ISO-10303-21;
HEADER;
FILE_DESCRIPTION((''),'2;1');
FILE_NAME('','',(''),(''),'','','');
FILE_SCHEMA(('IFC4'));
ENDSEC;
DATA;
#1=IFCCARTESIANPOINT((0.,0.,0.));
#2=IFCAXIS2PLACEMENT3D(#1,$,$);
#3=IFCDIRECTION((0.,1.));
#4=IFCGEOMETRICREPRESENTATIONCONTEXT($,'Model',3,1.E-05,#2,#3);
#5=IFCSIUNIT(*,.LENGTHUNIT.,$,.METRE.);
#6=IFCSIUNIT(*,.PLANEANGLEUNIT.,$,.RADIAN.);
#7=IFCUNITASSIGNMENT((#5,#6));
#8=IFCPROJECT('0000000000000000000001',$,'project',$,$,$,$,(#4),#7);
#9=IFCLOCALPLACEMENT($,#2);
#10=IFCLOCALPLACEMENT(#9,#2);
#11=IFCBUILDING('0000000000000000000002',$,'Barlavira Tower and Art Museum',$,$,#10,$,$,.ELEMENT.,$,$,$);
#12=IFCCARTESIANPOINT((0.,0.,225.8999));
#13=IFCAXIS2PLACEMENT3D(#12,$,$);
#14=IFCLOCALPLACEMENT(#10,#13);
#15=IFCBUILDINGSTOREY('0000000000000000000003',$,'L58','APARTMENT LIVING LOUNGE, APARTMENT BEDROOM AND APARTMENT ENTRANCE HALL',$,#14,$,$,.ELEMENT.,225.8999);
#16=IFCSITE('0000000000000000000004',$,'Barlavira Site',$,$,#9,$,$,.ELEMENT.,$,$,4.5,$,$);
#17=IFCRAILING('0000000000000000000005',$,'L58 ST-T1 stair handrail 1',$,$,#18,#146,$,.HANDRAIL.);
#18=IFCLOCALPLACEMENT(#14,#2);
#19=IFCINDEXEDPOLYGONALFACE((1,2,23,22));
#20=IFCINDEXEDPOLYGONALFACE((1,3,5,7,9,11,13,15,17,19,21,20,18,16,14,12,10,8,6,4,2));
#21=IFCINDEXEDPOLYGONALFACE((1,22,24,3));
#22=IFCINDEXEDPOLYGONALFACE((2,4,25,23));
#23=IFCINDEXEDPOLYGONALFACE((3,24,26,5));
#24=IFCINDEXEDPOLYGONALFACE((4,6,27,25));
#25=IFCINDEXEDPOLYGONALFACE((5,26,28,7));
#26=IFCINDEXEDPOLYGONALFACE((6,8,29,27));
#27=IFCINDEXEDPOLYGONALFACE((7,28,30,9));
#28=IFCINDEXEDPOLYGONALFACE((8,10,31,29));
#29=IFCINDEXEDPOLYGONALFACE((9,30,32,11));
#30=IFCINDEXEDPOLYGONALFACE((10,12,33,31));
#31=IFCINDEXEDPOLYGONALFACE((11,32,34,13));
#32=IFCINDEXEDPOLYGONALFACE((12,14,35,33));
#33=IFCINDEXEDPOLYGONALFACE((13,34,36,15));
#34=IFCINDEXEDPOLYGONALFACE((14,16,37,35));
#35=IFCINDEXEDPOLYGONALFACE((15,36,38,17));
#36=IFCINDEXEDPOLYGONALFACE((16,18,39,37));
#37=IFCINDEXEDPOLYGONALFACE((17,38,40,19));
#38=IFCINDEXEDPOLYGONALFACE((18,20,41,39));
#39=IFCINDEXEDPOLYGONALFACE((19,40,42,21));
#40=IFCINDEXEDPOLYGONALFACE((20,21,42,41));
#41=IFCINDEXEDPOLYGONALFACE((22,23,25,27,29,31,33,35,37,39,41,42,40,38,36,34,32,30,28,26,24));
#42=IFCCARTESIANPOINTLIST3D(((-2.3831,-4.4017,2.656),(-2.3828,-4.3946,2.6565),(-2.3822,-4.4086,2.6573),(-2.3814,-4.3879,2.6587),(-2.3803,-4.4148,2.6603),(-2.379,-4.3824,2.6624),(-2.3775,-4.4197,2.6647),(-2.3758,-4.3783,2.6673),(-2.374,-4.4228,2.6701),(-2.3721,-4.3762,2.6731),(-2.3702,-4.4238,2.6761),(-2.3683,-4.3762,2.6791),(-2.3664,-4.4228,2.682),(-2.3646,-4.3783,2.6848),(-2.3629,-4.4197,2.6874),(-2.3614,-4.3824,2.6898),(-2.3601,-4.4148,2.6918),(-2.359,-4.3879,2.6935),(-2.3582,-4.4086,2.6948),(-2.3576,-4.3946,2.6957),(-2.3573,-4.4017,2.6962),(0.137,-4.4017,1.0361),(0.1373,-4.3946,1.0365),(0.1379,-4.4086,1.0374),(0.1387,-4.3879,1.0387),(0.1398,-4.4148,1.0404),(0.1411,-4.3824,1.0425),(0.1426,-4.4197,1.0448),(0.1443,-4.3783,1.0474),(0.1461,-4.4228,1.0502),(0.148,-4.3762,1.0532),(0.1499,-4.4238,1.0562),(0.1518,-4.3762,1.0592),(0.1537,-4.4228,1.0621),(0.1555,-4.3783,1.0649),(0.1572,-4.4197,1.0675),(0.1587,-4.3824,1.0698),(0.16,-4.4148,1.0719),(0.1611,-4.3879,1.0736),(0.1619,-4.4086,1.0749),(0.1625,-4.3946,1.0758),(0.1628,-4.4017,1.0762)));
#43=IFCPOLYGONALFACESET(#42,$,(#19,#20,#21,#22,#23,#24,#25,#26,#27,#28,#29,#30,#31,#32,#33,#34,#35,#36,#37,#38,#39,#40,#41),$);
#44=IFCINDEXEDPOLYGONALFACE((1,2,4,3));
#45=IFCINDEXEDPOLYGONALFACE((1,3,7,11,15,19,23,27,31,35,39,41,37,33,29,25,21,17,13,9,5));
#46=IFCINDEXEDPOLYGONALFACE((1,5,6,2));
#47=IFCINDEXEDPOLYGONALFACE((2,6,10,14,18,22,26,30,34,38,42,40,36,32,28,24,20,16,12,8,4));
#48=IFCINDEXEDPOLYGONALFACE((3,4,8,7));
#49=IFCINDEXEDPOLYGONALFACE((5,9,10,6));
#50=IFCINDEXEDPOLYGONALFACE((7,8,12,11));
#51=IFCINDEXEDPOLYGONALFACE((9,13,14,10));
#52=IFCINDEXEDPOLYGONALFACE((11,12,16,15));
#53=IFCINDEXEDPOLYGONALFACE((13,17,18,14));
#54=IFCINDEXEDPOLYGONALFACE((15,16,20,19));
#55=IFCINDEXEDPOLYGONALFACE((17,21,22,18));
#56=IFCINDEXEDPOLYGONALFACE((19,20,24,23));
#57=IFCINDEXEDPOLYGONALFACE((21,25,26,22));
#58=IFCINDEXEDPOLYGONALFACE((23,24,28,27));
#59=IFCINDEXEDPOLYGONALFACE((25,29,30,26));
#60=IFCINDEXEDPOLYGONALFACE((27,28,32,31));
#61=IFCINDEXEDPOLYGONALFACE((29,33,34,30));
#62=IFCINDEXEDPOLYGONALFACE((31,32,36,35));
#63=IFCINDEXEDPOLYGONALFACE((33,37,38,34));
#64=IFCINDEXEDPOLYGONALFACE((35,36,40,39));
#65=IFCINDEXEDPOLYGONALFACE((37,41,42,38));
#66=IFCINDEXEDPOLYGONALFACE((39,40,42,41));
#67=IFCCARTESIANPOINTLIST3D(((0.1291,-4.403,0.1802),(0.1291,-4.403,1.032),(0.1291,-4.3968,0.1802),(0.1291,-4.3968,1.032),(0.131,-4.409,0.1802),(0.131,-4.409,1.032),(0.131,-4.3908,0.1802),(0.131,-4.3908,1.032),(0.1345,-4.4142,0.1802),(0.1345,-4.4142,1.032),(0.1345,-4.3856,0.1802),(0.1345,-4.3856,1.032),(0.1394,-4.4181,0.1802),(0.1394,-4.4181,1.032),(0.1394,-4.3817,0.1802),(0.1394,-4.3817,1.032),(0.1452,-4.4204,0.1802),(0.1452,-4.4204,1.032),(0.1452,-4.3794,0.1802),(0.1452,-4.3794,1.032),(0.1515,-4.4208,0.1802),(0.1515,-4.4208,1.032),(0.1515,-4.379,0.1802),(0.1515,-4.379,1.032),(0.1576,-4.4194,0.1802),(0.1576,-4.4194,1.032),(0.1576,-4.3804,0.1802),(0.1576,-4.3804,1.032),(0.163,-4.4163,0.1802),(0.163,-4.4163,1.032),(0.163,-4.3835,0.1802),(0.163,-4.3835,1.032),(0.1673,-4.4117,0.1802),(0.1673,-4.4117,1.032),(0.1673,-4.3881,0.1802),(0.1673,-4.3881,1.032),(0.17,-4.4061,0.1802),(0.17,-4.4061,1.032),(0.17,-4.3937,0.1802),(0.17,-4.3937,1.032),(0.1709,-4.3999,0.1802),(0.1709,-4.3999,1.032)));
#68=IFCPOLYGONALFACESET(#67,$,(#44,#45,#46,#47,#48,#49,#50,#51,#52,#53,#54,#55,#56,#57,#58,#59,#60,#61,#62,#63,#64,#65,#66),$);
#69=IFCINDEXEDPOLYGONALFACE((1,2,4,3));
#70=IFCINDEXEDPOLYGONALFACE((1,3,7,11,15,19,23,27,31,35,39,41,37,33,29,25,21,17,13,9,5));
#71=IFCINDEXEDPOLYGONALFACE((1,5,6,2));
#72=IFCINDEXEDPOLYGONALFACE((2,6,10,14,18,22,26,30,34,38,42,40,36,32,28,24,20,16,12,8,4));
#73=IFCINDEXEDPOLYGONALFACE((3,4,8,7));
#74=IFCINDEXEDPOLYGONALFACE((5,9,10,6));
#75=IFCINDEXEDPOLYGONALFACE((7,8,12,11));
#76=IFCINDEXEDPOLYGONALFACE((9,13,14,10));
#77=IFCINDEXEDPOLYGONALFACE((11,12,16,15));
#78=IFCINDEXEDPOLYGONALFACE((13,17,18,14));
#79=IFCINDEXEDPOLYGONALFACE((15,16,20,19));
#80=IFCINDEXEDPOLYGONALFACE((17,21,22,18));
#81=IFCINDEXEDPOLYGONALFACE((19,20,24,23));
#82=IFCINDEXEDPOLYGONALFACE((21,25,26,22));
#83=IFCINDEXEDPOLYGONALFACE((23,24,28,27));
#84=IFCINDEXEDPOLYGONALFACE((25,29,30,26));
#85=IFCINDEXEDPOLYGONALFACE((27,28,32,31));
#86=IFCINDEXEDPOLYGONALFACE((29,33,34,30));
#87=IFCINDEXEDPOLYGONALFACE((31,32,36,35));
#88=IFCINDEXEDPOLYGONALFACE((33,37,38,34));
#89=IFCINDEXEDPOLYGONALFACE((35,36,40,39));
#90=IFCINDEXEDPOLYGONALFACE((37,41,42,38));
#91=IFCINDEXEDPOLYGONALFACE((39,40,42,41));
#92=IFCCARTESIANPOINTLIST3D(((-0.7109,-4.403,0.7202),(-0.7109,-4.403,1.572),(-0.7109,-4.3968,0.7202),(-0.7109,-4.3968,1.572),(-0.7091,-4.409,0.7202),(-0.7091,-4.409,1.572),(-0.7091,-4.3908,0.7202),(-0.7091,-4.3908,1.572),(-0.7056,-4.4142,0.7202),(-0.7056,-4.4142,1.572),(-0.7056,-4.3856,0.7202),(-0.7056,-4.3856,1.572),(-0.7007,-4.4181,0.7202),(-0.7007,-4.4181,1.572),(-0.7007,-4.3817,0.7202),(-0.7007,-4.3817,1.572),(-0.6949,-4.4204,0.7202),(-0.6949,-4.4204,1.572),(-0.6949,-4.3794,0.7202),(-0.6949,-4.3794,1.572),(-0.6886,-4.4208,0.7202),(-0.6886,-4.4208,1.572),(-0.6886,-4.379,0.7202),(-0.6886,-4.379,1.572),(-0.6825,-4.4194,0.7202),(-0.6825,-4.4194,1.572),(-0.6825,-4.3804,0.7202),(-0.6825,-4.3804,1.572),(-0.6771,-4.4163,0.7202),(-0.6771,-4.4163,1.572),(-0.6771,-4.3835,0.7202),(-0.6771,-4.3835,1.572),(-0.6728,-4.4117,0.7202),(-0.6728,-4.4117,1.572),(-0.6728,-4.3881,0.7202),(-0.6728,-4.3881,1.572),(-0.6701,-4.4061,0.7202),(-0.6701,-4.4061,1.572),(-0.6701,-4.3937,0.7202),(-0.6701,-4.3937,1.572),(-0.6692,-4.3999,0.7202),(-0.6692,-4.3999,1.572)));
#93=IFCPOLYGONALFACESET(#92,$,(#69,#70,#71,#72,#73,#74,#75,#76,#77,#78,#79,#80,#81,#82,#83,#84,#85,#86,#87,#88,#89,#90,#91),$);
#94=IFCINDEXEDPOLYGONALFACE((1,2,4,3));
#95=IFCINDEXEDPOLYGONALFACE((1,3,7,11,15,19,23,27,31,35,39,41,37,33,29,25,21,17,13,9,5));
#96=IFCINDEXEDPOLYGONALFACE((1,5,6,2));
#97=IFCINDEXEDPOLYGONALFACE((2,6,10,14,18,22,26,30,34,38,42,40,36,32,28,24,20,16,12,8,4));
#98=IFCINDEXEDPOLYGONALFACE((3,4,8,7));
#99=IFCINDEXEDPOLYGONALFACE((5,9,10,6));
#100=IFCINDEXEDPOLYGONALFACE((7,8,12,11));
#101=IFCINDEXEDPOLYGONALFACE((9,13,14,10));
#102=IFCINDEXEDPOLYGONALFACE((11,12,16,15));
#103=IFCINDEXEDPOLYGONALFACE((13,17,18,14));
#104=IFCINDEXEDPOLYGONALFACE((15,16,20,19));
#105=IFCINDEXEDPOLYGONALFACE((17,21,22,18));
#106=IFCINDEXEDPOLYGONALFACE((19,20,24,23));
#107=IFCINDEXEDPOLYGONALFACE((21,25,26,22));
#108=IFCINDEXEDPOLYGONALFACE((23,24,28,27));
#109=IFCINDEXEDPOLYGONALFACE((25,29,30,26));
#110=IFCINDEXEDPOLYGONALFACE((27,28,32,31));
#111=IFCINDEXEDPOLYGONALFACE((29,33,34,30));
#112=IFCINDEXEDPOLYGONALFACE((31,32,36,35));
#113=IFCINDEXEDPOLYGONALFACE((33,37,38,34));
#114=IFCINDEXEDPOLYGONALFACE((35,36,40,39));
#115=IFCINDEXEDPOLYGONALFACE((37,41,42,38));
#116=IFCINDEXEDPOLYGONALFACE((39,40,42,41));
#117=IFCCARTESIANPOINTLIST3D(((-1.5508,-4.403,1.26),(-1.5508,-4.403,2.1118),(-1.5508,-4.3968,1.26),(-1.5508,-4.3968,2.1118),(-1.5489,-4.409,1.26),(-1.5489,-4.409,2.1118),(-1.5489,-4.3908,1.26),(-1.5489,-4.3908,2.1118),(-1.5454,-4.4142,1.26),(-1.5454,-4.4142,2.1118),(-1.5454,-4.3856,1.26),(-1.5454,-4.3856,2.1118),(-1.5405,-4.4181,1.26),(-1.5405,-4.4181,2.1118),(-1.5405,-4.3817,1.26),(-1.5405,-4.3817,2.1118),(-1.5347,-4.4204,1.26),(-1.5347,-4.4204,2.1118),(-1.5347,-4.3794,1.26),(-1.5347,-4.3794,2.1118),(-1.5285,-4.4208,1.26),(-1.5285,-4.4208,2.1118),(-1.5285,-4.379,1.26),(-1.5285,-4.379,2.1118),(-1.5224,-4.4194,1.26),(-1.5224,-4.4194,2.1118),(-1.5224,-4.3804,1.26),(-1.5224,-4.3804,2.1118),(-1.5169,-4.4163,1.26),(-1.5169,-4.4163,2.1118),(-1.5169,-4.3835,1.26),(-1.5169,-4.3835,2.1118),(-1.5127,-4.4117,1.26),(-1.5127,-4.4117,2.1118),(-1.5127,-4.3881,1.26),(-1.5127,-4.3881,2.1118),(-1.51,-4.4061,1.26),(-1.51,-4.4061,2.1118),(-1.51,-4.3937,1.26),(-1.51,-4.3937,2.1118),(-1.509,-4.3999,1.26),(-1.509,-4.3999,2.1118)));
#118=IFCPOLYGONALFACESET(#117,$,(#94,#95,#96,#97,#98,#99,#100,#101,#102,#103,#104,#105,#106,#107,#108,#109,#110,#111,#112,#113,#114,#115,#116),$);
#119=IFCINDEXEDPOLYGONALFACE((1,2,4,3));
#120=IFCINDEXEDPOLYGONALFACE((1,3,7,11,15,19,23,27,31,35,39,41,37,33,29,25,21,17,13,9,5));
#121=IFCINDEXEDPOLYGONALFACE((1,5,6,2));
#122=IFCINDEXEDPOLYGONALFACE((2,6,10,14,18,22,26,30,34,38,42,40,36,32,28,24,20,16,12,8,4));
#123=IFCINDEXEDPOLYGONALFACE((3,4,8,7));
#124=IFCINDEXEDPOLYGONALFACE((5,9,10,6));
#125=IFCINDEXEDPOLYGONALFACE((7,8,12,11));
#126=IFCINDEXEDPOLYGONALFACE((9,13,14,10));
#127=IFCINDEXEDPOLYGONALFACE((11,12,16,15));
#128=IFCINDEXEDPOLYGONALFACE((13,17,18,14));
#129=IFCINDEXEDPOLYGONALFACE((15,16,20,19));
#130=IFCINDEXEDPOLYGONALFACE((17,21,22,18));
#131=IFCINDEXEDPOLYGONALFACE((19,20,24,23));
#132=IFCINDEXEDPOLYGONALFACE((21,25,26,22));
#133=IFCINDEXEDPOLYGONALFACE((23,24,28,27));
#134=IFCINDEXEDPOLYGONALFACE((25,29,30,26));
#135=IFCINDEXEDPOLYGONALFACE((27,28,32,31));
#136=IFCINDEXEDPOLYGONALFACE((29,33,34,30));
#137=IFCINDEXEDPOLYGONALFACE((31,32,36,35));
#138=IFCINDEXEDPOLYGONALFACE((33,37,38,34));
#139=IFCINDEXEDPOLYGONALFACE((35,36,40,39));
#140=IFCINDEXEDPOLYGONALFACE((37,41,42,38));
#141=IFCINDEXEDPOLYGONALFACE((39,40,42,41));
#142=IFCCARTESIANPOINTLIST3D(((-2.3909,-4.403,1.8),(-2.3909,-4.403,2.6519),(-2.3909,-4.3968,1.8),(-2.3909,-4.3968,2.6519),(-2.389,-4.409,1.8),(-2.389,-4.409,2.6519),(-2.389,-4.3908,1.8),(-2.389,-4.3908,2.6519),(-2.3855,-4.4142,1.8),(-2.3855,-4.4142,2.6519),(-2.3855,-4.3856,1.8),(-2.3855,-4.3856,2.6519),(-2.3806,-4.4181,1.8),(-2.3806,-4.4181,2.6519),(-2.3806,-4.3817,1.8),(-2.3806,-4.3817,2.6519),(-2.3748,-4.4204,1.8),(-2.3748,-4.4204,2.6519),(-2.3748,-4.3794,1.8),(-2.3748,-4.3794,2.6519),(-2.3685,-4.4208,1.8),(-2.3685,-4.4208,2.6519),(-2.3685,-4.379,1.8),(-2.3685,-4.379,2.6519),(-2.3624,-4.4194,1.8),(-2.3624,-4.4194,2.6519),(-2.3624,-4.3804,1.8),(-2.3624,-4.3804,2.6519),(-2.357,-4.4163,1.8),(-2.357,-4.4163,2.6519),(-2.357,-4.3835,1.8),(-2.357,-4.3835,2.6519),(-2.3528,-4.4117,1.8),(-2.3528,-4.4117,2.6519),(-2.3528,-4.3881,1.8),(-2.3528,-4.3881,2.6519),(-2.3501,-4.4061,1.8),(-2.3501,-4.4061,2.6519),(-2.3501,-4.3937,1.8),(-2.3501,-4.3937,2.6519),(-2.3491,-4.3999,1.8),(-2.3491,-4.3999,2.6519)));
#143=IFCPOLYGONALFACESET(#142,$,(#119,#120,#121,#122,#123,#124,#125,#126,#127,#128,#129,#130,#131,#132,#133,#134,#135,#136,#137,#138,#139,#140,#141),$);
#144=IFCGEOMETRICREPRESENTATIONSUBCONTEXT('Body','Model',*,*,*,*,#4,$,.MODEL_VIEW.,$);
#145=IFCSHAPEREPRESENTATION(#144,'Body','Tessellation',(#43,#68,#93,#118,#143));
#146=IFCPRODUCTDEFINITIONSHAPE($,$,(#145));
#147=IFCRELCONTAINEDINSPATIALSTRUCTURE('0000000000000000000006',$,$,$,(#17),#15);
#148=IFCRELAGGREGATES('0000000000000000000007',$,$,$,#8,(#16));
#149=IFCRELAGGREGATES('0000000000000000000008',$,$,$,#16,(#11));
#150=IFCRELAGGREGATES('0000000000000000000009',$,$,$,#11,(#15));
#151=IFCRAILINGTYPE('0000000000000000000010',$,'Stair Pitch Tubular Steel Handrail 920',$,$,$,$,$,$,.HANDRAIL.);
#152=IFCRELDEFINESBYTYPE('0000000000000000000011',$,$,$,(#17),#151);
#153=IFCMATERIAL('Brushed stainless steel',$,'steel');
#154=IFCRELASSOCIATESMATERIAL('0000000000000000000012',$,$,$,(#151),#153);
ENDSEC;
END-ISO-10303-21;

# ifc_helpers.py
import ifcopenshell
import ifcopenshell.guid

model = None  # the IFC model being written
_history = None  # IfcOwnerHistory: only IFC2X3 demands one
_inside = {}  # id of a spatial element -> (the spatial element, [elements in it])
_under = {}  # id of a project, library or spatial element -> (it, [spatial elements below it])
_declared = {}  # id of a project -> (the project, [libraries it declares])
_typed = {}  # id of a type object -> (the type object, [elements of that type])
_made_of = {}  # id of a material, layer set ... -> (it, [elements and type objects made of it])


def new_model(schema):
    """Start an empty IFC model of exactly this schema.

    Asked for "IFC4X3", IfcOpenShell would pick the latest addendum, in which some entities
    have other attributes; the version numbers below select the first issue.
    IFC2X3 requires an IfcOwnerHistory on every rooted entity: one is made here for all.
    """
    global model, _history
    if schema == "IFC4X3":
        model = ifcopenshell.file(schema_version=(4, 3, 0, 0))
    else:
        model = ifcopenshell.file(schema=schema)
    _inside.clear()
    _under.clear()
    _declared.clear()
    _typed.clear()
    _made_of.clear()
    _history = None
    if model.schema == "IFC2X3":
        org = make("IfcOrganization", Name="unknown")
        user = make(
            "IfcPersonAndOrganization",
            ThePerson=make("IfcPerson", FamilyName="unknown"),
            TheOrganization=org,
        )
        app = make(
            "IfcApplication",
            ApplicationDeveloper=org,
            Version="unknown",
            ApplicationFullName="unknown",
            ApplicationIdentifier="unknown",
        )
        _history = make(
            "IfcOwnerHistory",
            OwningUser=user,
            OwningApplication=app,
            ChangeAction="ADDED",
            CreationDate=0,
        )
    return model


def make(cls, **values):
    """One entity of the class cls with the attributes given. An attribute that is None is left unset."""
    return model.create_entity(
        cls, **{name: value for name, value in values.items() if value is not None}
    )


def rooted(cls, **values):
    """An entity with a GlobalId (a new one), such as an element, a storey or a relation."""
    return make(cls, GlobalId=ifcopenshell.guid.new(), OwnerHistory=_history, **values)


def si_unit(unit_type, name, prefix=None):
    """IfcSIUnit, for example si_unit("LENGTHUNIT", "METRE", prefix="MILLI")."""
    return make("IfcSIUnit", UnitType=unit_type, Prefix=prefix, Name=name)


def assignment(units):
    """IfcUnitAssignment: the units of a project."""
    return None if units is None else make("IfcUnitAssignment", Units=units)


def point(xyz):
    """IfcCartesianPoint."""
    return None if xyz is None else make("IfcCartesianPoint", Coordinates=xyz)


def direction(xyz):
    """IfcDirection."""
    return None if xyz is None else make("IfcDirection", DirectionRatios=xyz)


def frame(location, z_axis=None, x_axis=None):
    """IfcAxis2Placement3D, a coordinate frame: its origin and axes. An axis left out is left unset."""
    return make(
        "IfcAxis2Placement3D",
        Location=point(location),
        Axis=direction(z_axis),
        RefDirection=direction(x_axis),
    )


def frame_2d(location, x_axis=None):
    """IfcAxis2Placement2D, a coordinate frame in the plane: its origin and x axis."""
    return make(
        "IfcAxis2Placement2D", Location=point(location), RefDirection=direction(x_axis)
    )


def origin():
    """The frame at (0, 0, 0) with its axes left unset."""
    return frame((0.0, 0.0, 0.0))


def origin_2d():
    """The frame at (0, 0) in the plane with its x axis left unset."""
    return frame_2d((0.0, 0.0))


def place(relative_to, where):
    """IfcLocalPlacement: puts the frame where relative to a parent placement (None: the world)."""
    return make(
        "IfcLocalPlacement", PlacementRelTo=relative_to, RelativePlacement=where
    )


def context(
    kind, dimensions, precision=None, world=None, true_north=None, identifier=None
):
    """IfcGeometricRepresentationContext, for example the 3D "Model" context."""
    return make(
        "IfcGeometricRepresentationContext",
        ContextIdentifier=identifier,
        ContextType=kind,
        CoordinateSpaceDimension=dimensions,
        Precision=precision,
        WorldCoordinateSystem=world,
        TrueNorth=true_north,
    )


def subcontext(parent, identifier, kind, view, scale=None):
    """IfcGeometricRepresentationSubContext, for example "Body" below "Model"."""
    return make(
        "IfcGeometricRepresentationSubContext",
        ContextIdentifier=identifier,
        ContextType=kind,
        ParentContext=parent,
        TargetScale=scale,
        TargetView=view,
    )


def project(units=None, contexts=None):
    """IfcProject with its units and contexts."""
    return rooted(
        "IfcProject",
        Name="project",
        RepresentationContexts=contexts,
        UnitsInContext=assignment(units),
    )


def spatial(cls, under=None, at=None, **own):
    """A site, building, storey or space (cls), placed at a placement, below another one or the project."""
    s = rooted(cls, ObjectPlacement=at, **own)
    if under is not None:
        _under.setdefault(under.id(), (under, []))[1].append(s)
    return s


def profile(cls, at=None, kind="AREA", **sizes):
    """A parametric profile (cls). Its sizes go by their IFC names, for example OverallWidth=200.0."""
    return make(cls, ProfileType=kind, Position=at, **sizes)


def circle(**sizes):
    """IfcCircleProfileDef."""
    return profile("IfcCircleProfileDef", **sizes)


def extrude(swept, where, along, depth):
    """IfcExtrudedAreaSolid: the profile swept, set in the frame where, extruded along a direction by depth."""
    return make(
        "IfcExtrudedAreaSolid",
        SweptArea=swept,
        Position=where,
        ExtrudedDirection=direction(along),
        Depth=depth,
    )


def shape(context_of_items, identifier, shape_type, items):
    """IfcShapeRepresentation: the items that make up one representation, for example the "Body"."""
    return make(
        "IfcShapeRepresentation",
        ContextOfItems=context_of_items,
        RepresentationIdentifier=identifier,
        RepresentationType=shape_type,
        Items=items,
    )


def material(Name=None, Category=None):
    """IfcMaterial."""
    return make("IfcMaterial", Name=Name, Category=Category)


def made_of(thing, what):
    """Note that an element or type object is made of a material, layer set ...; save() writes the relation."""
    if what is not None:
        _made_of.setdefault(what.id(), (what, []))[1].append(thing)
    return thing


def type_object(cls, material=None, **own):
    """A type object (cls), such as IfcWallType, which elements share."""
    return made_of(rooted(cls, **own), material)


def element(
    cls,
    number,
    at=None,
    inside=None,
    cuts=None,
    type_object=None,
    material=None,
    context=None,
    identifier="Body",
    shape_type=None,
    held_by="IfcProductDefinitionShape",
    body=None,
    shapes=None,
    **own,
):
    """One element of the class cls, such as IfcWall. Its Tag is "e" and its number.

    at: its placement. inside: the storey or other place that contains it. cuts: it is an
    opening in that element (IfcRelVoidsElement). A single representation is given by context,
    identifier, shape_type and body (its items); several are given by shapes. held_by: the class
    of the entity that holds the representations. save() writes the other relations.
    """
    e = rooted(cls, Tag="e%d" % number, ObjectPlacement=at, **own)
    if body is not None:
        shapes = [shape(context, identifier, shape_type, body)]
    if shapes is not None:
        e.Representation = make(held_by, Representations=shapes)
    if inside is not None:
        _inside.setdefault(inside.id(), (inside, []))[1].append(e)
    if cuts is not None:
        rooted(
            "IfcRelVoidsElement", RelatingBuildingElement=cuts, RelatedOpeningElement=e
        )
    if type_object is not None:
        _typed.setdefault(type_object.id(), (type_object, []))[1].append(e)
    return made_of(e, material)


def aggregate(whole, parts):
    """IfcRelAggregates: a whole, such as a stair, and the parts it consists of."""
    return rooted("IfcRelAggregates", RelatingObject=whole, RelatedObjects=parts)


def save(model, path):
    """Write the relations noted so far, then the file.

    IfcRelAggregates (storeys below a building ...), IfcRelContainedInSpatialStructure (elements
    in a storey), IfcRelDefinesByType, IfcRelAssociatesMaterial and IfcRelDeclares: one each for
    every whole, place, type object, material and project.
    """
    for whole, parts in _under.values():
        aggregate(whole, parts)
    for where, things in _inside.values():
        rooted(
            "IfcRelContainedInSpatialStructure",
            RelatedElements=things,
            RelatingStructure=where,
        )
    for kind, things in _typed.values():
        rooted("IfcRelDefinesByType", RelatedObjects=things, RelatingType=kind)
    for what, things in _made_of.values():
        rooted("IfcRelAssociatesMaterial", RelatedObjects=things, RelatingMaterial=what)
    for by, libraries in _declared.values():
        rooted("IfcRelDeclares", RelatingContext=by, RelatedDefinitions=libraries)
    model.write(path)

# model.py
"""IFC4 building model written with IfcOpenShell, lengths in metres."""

from ifc_helpers import new_model, si_unit, direction, frame, origin, origin_2d, place, context, subcontext, project, spatial, circle, extrude, material, type_object, element, save


model = new_model("IFC4")

# Units and contexts
model_context = context("Model", 3, precision=1e-05, world=origin(), true_north=direction((0.0, 1.0)))
body_context = subcontext(model_context, "Body", "Model", "MODEL_VIEW")
ifc_project = project(units=[si_unit("LENGTHUNIT", "METRE"), si_unit("PLANEANGLEUNIT", "RADIAN")], contexts=[model_context])

# Site, building, storey
site_placement = place(None, origin())
site = spatial("IfcSite", under=ifc_project, at=site_placement, Name="Barlavira Site", CompositionType="ELEMENT", RefElevation=4.5)
building_placement = place(site_placement, origin())
building = spatial("IfcBuilding", under=site, at=building_placement, Name="Barlavira Tower and Art Museum", CompositionType="ELEMENT")
storey_placement = place(building_placement, frame((0.0, 0.0, 225.8999)))
storey = spatial("IfcBuildingStorey", under=building, at=storey_placement, Name="L58", Description="APARTMENT LIVING LOUNGE, APARTMENT BEDROOM AND APARTMENT ENTRANCE HALL", CompositionType="ELEMENT", Elevation=225.8999)

# Shared definitions
ifc_material_1 = material(Name="Brushed stainless steel", Category="steel")

# Railing
railing_type_1 = type_object("IfcRailingType", Name="Stair Pitch Tubular Steel Handrail 920", PredefinedType="HANDRAIL", material=ifc_material_1)
railing_1_placement = place(storey_placement, frame((0.1499, -4.3999, 0.1802)))
element("IfcRailing", 1, at=railing_1_placement, inside=storey, type_object=railing_type_1, Name="L58 ST-T1 stair handrail 1", PredefinedType="HANDRAIL", context=body_context, shape_type="SweptSolid", body=[
    extrude(circle(Radius=0.0239, at=origin_2d()), frame((0.0, 0.0, 0.876), z_axis=(-0.8412, 0.0, 0.540725), x_axis=(0.0, -1.0, 0.0)), (0.0, 0.0, 1.0), 2.9958),
    extrude(circle(Radius=0.021, at=origin_2d()), origin(), (0.0, 0.0, 1.0), 0.8518),
    extrude(circle(Radius=0.021, at=origin_2d()), frame((-0.8401, 0.0, 0.54)), (0.0, 0.0, 1.0), 0.8518),
    extrude(circle(Radius=0.021, at=origin_2d()), frame((-1.6799, 0.0, 1.0798)), (0.0, 0.0, 1.0), 0.8518),
    extrude(circle(Radius=0.021, at=origin_2d()), frame((-2.52, 0.0, 1.6199)), (0.0, 0.0, 1.0), 0.8518),
])

save(model, "model.ifc")
